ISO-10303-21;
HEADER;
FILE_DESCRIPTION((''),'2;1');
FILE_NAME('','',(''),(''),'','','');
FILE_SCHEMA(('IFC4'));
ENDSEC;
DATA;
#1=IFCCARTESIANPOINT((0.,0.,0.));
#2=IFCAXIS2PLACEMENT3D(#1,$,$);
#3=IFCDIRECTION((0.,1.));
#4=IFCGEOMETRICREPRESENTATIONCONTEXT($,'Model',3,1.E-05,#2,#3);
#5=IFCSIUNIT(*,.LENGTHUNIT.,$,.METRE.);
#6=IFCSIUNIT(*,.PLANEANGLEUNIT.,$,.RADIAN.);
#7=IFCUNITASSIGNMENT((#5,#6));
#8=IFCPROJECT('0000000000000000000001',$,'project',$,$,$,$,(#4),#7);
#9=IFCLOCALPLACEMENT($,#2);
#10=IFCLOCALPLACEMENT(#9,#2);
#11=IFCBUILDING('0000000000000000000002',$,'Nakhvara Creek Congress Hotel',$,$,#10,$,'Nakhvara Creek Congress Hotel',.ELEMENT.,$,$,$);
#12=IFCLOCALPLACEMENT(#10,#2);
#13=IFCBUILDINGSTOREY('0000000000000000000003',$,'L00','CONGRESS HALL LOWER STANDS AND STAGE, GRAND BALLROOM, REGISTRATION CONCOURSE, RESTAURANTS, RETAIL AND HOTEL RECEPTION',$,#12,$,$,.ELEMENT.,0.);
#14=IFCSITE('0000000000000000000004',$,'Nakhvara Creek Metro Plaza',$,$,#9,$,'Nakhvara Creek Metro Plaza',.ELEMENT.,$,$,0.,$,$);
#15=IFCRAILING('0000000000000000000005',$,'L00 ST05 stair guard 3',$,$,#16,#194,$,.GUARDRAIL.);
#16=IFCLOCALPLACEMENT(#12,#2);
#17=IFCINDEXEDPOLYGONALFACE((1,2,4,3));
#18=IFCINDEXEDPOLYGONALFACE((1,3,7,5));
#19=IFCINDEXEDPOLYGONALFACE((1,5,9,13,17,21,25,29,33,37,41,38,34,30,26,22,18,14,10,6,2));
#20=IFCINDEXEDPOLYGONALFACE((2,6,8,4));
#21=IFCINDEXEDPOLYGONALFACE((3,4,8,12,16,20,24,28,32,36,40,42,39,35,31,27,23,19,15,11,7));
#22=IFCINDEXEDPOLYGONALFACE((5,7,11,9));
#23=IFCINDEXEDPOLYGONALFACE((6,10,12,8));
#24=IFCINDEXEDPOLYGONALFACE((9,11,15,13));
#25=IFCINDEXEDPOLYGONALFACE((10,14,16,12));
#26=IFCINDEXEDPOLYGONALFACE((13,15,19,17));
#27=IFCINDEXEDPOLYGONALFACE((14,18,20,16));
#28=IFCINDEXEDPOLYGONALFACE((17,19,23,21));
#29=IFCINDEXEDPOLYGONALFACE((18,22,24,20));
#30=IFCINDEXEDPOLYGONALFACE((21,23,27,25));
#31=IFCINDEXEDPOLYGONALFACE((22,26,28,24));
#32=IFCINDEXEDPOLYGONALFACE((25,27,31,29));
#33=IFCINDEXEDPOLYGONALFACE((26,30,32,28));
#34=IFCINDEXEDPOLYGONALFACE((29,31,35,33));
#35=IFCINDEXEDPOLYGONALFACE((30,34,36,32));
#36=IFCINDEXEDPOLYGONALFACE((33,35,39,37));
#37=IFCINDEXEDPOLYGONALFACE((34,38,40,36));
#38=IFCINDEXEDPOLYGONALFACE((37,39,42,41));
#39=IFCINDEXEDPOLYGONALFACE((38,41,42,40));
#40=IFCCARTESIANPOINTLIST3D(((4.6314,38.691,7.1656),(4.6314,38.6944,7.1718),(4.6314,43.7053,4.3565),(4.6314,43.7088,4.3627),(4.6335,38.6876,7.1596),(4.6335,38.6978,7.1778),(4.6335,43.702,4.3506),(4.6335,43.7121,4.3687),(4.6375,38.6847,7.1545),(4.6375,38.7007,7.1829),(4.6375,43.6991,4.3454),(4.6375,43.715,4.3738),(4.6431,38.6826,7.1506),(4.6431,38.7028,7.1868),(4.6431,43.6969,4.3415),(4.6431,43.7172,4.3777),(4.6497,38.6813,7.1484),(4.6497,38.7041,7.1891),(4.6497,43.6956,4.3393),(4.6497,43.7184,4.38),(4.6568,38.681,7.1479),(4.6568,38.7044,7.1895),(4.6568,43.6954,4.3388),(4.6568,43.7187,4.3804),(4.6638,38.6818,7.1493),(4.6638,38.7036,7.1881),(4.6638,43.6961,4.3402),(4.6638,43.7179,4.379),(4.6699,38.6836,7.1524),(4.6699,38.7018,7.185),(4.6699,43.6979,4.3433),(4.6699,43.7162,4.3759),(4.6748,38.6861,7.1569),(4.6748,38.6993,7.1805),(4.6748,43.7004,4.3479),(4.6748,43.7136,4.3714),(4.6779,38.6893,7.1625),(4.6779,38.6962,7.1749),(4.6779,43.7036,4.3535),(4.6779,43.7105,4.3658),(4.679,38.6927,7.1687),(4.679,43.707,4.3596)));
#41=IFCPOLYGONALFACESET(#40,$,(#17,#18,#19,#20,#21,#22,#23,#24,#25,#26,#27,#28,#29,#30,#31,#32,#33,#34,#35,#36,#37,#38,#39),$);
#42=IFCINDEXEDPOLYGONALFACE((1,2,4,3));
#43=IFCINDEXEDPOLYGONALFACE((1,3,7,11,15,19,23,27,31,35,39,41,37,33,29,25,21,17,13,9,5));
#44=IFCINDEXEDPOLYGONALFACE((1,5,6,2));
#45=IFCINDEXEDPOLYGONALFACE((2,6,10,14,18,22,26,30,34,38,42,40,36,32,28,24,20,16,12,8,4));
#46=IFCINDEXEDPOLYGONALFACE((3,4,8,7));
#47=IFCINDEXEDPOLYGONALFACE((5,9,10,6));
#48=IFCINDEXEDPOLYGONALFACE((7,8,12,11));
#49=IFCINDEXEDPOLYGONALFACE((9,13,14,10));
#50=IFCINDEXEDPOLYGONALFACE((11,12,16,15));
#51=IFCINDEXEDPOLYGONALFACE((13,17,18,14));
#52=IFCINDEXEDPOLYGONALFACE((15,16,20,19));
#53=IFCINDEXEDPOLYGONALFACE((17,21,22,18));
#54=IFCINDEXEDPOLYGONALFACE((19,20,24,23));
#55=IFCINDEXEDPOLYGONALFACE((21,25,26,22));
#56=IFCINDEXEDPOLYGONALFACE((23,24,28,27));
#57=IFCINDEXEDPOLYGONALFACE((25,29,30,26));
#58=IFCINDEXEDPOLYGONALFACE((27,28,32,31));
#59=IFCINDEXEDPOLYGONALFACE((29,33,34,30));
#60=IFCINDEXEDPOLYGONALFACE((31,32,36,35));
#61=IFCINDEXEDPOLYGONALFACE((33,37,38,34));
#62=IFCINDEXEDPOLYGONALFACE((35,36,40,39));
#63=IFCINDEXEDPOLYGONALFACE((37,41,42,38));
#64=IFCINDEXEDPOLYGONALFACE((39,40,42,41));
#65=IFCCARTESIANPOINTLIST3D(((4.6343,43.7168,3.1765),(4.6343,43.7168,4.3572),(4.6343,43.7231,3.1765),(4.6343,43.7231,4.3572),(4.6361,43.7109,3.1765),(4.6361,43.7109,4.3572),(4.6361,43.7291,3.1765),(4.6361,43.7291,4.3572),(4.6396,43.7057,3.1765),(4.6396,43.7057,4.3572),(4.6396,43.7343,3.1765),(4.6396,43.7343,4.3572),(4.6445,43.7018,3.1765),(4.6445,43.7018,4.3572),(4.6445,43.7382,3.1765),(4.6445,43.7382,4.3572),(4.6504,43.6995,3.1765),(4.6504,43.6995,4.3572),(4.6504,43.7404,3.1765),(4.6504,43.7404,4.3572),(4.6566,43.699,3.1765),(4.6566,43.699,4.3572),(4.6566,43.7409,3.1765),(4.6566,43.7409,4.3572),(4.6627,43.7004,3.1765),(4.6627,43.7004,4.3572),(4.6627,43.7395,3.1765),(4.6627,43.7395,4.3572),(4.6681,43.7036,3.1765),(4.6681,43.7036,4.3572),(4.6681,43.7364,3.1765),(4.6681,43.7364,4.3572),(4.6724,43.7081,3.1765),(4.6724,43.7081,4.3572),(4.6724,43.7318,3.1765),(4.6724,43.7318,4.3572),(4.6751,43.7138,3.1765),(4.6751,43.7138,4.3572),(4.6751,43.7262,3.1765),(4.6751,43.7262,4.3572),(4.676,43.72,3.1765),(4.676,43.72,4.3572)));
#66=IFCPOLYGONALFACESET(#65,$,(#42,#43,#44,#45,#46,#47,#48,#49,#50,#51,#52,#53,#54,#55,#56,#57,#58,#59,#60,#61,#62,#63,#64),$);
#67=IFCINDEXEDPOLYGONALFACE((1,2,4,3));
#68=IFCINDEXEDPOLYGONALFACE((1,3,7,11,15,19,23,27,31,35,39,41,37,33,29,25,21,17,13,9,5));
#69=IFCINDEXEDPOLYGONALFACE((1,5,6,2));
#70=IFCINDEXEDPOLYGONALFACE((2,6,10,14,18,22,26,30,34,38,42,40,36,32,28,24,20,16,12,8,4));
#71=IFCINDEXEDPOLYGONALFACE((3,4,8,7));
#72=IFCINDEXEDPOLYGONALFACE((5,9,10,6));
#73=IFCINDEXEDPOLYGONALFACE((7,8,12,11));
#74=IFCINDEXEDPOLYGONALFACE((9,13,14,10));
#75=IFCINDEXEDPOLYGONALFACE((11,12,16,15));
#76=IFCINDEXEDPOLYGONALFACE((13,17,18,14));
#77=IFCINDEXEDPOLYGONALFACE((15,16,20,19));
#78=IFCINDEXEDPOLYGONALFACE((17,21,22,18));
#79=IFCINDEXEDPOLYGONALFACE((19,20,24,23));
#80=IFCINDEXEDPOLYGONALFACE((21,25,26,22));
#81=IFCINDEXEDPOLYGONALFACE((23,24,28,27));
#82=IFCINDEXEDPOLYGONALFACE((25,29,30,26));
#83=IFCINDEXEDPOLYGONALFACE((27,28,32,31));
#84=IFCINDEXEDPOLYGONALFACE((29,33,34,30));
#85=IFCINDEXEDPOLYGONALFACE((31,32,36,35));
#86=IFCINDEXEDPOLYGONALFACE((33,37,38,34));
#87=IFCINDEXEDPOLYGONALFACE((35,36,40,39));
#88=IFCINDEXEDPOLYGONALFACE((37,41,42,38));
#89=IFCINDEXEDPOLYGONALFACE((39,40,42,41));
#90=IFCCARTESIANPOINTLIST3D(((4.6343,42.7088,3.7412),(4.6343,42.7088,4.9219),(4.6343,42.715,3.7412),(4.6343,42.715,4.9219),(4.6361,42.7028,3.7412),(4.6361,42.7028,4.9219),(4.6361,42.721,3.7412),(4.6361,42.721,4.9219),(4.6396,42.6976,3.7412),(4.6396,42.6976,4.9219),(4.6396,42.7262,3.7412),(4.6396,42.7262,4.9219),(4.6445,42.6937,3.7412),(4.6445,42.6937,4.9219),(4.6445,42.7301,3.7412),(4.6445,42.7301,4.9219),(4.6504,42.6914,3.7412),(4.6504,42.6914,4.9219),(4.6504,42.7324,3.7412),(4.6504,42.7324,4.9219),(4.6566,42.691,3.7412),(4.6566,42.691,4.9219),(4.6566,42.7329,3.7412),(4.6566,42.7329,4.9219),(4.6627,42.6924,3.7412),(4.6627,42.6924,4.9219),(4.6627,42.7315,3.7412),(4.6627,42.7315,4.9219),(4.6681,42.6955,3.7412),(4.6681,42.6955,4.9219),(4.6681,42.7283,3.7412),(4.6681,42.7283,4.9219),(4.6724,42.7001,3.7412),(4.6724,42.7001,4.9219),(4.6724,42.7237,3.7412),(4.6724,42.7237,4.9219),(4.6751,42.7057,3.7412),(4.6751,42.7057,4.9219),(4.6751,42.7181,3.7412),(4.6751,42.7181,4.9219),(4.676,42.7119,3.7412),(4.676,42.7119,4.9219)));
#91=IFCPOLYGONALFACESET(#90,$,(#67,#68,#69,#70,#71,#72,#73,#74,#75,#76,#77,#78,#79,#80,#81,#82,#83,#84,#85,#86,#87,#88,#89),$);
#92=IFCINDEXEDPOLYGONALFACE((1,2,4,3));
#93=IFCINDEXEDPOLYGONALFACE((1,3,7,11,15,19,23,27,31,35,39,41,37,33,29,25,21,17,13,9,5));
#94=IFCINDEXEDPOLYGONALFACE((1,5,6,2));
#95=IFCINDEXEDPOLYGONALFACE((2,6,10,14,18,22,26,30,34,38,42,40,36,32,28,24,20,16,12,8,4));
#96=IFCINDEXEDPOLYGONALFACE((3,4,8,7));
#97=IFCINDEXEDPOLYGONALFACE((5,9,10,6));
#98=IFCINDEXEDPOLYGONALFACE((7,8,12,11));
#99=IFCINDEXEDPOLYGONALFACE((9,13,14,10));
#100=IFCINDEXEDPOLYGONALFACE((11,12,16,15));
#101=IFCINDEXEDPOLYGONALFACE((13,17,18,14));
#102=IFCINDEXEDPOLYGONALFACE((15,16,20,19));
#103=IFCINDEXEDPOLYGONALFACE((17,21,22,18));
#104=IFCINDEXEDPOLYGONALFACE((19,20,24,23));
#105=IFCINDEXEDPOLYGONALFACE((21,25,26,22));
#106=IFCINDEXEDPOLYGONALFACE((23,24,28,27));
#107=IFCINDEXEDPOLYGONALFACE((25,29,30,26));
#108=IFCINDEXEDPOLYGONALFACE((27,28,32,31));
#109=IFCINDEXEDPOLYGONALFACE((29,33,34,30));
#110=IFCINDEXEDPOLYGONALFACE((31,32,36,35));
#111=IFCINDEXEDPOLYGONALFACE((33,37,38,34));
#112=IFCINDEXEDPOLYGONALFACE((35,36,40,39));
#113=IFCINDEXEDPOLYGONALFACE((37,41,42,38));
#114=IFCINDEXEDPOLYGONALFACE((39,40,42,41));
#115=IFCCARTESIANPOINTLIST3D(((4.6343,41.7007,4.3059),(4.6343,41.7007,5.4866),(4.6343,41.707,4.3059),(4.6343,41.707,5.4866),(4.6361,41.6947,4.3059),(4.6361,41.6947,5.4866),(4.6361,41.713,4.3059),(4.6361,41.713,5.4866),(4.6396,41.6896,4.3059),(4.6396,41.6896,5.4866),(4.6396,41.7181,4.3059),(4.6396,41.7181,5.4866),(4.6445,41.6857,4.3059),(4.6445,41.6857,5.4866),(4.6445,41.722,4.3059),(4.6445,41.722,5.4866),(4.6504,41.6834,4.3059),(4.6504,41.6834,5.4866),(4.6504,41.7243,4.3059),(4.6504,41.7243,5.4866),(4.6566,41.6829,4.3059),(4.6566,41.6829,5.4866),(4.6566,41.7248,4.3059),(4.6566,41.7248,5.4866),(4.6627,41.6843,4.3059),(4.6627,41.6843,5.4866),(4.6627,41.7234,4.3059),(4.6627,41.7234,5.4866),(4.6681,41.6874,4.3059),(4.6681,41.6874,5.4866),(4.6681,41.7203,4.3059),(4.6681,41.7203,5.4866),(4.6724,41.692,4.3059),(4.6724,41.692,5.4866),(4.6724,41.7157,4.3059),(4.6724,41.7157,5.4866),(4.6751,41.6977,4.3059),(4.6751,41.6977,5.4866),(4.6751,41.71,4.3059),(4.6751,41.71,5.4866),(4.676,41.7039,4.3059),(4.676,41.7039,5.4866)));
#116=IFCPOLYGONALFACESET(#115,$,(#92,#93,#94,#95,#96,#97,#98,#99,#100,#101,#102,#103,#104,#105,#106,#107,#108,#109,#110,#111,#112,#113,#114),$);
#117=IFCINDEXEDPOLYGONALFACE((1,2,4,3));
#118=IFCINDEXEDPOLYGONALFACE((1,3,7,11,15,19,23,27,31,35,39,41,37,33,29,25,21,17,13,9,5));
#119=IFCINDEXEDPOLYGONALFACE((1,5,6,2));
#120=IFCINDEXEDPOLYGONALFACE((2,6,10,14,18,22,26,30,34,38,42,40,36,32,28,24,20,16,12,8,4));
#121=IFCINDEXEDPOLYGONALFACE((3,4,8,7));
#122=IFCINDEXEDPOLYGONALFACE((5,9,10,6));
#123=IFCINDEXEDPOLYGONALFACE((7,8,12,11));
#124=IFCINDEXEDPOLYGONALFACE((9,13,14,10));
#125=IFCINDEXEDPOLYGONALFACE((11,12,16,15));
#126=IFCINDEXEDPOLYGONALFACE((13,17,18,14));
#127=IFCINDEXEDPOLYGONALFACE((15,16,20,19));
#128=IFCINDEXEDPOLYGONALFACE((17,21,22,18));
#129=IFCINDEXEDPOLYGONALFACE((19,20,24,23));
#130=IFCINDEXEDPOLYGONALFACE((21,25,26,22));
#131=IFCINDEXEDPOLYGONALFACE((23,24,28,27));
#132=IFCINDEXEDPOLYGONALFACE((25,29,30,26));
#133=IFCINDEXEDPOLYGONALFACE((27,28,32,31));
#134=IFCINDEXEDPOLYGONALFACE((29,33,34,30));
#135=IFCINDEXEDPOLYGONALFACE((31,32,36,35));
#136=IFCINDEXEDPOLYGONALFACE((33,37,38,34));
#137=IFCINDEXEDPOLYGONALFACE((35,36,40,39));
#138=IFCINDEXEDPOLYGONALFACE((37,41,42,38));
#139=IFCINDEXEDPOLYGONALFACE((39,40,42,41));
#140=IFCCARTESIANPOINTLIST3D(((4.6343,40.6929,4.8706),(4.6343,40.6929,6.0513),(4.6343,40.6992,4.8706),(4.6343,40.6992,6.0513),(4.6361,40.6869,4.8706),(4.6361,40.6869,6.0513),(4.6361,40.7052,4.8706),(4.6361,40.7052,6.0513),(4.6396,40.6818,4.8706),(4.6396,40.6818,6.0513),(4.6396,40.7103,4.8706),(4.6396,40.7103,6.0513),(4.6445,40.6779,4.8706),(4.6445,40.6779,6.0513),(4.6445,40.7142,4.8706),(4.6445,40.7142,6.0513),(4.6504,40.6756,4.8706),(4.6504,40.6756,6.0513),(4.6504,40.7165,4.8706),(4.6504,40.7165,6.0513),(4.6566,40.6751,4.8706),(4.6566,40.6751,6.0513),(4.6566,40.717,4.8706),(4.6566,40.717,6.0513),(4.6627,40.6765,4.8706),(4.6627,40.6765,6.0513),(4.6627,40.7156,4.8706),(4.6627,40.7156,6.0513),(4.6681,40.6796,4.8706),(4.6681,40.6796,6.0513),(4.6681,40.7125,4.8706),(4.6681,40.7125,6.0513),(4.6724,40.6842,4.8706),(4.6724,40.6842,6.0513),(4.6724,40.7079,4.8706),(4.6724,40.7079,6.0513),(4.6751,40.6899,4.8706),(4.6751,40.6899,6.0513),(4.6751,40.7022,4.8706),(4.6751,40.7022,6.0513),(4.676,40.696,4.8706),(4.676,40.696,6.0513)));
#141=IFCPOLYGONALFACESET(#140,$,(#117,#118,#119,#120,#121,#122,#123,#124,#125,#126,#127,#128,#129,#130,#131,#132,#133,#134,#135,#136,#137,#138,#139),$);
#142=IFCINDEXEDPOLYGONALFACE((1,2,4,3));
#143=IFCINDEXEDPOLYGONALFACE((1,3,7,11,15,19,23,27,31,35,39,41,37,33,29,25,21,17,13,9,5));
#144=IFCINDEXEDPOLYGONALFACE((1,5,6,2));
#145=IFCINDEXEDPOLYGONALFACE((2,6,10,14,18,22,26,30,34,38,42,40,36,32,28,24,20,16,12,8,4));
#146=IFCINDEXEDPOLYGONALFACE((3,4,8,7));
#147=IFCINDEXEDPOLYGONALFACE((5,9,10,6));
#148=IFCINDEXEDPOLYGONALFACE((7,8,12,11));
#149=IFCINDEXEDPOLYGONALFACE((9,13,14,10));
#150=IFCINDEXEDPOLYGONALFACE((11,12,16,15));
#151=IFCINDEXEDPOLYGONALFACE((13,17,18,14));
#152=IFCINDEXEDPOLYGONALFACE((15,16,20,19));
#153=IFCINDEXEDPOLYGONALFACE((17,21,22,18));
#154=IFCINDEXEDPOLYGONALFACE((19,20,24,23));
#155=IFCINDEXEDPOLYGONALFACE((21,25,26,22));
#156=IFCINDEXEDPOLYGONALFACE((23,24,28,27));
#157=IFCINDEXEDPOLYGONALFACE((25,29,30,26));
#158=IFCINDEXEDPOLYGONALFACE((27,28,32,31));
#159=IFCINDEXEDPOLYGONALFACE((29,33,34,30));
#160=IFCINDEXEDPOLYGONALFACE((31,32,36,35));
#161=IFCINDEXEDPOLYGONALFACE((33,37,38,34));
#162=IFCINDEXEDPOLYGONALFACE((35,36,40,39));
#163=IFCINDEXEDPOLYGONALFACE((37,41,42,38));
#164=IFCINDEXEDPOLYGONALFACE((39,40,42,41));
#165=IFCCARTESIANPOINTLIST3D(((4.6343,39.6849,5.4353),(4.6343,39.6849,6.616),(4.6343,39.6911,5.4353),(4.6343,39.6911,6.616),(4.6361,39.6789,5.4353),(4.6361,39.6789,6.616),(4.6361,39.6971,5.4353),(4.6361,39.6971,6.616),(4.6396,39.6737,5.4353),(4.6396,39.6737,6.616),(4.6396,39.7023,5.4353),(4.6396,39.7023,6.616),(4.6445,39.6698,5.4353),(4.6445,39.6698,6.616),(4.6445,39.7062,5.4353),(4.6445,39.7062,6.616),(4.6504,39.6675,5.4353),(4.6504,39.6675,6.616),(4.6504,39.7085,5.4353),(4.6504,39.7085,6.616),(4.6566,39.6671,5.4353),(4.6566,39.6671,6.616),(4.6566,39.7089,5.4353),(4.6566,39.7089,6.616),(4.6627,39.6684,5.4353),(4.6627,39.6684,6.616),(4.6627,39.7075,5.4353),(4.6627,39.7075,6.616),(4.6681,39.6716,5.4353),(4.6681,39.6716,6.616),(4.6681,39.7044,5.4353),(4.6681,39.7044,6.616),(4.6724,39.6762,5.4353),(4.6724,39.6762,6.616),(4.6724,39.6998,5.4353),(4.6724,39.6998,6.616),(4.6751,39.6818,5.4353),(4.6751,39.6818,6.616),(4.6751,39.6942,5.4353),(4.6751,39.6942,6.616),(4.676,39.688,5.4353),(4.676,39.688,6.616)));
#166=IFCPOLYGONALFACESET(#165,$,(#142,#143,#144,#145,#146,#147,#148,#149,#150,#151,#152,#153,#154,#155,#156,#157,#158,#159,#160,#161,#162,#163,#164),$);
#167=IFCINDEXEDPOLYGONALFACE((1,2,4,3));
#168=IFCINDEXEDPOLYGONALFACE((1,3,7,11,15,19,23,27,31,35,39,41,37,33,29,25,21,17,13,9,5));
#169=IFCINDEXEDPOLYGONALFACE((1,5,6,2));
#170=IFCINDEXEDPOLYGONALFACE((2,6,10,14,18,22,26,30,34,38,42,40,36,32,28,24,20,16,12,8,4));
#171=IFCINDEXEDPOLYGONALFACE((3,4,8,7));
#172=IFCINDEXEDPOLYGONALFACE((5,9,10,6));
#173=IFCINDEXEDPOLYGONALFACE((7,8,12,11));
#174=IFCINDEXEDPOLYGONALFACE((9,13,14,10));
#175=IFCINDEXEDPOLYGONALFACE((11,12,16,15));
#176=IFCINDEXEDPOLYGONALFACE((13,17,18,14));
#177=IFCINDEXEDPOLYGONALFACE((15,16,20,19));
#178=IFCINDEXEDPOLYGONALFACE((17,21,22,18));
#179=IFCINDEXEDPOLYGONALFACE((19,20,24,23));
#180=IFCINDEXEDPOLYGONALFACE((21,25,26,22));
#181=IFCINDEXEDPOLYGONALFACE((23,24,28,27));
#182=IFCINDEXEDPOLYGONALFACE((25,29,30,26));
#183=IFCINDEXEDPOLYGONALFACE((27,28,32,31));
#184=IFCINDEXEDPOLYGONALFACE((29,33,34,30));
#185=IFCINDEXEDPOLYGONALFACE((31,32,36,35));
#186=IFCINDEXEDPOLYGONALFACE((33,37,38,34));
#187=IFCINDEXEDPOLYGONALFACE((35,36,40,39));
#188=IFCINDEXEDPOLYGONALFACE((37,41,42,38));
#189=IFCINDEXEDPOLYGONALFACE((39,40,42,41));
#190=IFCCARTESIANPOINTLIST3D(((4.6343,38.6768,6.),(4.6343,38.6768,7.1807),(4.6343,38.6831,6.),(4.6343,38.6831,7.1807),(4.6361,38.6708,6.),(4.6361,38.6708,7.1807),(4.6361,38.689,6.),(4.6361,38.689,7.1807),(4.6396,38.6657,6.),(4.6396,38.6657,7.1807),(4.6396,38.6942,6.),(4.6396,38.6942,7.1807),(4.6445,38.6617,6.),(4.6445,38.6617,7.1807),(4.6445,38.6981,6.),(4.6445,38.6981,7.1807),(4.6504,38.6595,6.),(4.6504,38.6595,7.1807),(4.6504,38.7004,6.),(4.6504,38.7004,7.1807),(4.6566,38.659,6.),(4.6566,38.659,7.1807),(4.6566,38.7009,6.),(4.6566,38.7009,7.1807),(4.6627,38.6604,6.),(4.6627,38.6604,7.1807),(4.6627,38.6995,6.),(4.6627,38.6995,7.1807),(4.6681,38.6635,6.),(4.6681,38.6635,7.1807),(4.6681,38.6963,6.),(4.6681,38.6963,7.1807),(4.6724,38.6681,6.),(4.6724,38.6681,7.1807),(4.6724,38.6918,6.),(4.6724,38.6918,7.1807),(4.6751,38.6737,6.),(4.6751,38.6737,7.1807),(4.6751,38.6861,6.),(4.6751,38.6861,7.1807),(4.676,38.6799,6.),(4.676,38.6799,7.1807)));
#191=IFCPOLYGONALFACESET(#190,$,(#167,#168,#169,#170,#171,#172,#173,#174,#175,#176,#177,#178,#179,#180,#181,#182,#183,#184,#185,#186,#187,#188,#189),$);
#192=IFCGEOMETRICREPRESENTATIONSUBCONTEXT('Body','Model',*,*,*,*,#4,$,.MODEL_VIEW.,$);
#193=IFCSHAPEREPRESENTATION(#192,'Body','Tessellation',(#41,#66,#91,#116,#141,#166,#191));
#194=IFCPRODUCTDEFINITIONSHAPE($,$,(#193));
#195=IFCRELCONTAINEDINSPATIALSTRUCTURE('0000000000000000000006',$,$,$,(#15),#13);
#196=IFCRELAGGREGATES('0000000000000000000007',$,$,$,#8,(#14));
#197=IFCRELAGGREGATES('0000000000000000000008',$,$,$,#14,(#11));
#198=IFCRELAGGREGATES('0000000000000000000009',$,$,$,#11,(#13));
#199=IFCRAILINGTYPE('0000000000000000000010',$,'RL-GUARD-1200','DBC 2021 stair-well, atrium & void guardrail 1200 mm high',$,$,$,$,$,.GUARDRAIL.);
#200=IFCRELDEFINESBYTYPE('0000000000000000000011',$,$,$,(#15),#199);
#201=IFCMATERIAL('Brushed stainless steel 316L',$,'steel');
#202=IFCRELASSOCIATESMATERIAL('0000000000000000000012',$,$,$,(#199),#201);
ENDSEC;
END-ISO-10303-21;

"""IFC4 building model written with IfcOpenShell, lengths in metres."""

from ifc_helpers import new_model, si_unit, direction, frame, origin, origin_2d, place, context, subcontext, project, spatial, circle, extrude, material, type_object, element, save


model = new_model("IFC4")

# Units and contexts
model_context = context("Model", 3, precision=1e-05, world=origin(), true_north=direction((0.0, 1.0)))
body_context = subcontext(model_context, "Body", "Model", "MODEL_VIEW")
ifc_project = project(units=[si_unit("LENGTHUNIT", "METRE"), si_unit("PLANEANGLEUNIT", "RADIAN")], contexts=[model_context])

# Site, building, storey
site_placement = place(None, origin())
site = spatial("IfcSite", under=ifc_project, at=site_placement, Name="Nakhvara Creek Metro Plaza", LongName="Nakhvara Creek Metro Plaza", CompositionType="ELEMENT", RefElevation=0.0)
building_placement = place(site_placement, origin())
building = spatial("IfcBuilding", under=site, at=building_placement, Name="Nakhvara Creek Congress Hotel", LongName="Nakhvara Creek Congress Hotel", CompositionType="ELEMENT")
storey_placement = place(building_placement, origin())
storey = spatial("IfcBuildingStorey", under=building, at=storey_placement, Name="L00", Description="CONGRESS HALL LOWER STANDS AND STAGE, GRAND BALLROOM, REGISTRATION CONCOURSE, RESTAURANTS, RETAIL AND HOTEL RECEPTION", CompositionType="ELEMENT", Elevation=0.0)

# Railing
ifc_material_1 = material(Name="Brushed stainless steel 316L", Category="steel")
railing_type_1 = type_object("IfcRailingType", Name="RL-GUARD-1200", Description="DBC 2021 stair-well, atrium & void guardrail 1200 mm high", PredefinedType="GUARDRAIL", material=ifc_material_1)
railing_1_placement = place(storey_placement, frame((4.655, 43.72, 3.1765)))
element("IfcRailing", 1, at=railing_1_placement, inside=storey, type_object=railing_type_1, Name="L00 ST05 stair guard 3", PredefinedType="GUARDRAIL", context=body_context, shape_type="SweptSolid", body=[
    extrude(circle(Radius=0.0239, at=origin_2d()), frame((0.0, -0.0129, 1.1831), z_axis=(0.0, -0.872427, 0.488744), x_axis=(1.0, 0.0, 0.0)), (0.0, 0.0, 1.0), 5.7476),
    extrude(circle(Radius=0.021, at=origin_2d()), origin(), (0.0, 0.0, 1.0), 1.1807),
    extrude(circle(Radius=0.021, at=origin_2d()), frame((0.0, -1.0081, 0.5647)), (0.0, 0.0, 1.0), 1.1807),
    extrude(circle(Radius=0.021, at=origin_2d()), frame((0.0, -2.0161, 1.1294)), (0.0, 0.0, 1.0), 1.1807),
    extrude(circle(Radius=0.021, at=origin_2d()), frame((0.0, -3.0239, 1.6941)), (0.0, 0.0, 1.0), 1.1807),
    extrude(circle(Radius=0.021, at=origin_2d()), frame((0.0, -4.032, 2.2588)), (0.0, 0.0, 1.0), 1.1807),
    extrude(circle(Radius=0.021, at=origin_2d()), frame((0.0, -5.04, 2.8235)), (0.0, 0.0, 1.0), 1.1807),
])

save(model, "model.ifc")
